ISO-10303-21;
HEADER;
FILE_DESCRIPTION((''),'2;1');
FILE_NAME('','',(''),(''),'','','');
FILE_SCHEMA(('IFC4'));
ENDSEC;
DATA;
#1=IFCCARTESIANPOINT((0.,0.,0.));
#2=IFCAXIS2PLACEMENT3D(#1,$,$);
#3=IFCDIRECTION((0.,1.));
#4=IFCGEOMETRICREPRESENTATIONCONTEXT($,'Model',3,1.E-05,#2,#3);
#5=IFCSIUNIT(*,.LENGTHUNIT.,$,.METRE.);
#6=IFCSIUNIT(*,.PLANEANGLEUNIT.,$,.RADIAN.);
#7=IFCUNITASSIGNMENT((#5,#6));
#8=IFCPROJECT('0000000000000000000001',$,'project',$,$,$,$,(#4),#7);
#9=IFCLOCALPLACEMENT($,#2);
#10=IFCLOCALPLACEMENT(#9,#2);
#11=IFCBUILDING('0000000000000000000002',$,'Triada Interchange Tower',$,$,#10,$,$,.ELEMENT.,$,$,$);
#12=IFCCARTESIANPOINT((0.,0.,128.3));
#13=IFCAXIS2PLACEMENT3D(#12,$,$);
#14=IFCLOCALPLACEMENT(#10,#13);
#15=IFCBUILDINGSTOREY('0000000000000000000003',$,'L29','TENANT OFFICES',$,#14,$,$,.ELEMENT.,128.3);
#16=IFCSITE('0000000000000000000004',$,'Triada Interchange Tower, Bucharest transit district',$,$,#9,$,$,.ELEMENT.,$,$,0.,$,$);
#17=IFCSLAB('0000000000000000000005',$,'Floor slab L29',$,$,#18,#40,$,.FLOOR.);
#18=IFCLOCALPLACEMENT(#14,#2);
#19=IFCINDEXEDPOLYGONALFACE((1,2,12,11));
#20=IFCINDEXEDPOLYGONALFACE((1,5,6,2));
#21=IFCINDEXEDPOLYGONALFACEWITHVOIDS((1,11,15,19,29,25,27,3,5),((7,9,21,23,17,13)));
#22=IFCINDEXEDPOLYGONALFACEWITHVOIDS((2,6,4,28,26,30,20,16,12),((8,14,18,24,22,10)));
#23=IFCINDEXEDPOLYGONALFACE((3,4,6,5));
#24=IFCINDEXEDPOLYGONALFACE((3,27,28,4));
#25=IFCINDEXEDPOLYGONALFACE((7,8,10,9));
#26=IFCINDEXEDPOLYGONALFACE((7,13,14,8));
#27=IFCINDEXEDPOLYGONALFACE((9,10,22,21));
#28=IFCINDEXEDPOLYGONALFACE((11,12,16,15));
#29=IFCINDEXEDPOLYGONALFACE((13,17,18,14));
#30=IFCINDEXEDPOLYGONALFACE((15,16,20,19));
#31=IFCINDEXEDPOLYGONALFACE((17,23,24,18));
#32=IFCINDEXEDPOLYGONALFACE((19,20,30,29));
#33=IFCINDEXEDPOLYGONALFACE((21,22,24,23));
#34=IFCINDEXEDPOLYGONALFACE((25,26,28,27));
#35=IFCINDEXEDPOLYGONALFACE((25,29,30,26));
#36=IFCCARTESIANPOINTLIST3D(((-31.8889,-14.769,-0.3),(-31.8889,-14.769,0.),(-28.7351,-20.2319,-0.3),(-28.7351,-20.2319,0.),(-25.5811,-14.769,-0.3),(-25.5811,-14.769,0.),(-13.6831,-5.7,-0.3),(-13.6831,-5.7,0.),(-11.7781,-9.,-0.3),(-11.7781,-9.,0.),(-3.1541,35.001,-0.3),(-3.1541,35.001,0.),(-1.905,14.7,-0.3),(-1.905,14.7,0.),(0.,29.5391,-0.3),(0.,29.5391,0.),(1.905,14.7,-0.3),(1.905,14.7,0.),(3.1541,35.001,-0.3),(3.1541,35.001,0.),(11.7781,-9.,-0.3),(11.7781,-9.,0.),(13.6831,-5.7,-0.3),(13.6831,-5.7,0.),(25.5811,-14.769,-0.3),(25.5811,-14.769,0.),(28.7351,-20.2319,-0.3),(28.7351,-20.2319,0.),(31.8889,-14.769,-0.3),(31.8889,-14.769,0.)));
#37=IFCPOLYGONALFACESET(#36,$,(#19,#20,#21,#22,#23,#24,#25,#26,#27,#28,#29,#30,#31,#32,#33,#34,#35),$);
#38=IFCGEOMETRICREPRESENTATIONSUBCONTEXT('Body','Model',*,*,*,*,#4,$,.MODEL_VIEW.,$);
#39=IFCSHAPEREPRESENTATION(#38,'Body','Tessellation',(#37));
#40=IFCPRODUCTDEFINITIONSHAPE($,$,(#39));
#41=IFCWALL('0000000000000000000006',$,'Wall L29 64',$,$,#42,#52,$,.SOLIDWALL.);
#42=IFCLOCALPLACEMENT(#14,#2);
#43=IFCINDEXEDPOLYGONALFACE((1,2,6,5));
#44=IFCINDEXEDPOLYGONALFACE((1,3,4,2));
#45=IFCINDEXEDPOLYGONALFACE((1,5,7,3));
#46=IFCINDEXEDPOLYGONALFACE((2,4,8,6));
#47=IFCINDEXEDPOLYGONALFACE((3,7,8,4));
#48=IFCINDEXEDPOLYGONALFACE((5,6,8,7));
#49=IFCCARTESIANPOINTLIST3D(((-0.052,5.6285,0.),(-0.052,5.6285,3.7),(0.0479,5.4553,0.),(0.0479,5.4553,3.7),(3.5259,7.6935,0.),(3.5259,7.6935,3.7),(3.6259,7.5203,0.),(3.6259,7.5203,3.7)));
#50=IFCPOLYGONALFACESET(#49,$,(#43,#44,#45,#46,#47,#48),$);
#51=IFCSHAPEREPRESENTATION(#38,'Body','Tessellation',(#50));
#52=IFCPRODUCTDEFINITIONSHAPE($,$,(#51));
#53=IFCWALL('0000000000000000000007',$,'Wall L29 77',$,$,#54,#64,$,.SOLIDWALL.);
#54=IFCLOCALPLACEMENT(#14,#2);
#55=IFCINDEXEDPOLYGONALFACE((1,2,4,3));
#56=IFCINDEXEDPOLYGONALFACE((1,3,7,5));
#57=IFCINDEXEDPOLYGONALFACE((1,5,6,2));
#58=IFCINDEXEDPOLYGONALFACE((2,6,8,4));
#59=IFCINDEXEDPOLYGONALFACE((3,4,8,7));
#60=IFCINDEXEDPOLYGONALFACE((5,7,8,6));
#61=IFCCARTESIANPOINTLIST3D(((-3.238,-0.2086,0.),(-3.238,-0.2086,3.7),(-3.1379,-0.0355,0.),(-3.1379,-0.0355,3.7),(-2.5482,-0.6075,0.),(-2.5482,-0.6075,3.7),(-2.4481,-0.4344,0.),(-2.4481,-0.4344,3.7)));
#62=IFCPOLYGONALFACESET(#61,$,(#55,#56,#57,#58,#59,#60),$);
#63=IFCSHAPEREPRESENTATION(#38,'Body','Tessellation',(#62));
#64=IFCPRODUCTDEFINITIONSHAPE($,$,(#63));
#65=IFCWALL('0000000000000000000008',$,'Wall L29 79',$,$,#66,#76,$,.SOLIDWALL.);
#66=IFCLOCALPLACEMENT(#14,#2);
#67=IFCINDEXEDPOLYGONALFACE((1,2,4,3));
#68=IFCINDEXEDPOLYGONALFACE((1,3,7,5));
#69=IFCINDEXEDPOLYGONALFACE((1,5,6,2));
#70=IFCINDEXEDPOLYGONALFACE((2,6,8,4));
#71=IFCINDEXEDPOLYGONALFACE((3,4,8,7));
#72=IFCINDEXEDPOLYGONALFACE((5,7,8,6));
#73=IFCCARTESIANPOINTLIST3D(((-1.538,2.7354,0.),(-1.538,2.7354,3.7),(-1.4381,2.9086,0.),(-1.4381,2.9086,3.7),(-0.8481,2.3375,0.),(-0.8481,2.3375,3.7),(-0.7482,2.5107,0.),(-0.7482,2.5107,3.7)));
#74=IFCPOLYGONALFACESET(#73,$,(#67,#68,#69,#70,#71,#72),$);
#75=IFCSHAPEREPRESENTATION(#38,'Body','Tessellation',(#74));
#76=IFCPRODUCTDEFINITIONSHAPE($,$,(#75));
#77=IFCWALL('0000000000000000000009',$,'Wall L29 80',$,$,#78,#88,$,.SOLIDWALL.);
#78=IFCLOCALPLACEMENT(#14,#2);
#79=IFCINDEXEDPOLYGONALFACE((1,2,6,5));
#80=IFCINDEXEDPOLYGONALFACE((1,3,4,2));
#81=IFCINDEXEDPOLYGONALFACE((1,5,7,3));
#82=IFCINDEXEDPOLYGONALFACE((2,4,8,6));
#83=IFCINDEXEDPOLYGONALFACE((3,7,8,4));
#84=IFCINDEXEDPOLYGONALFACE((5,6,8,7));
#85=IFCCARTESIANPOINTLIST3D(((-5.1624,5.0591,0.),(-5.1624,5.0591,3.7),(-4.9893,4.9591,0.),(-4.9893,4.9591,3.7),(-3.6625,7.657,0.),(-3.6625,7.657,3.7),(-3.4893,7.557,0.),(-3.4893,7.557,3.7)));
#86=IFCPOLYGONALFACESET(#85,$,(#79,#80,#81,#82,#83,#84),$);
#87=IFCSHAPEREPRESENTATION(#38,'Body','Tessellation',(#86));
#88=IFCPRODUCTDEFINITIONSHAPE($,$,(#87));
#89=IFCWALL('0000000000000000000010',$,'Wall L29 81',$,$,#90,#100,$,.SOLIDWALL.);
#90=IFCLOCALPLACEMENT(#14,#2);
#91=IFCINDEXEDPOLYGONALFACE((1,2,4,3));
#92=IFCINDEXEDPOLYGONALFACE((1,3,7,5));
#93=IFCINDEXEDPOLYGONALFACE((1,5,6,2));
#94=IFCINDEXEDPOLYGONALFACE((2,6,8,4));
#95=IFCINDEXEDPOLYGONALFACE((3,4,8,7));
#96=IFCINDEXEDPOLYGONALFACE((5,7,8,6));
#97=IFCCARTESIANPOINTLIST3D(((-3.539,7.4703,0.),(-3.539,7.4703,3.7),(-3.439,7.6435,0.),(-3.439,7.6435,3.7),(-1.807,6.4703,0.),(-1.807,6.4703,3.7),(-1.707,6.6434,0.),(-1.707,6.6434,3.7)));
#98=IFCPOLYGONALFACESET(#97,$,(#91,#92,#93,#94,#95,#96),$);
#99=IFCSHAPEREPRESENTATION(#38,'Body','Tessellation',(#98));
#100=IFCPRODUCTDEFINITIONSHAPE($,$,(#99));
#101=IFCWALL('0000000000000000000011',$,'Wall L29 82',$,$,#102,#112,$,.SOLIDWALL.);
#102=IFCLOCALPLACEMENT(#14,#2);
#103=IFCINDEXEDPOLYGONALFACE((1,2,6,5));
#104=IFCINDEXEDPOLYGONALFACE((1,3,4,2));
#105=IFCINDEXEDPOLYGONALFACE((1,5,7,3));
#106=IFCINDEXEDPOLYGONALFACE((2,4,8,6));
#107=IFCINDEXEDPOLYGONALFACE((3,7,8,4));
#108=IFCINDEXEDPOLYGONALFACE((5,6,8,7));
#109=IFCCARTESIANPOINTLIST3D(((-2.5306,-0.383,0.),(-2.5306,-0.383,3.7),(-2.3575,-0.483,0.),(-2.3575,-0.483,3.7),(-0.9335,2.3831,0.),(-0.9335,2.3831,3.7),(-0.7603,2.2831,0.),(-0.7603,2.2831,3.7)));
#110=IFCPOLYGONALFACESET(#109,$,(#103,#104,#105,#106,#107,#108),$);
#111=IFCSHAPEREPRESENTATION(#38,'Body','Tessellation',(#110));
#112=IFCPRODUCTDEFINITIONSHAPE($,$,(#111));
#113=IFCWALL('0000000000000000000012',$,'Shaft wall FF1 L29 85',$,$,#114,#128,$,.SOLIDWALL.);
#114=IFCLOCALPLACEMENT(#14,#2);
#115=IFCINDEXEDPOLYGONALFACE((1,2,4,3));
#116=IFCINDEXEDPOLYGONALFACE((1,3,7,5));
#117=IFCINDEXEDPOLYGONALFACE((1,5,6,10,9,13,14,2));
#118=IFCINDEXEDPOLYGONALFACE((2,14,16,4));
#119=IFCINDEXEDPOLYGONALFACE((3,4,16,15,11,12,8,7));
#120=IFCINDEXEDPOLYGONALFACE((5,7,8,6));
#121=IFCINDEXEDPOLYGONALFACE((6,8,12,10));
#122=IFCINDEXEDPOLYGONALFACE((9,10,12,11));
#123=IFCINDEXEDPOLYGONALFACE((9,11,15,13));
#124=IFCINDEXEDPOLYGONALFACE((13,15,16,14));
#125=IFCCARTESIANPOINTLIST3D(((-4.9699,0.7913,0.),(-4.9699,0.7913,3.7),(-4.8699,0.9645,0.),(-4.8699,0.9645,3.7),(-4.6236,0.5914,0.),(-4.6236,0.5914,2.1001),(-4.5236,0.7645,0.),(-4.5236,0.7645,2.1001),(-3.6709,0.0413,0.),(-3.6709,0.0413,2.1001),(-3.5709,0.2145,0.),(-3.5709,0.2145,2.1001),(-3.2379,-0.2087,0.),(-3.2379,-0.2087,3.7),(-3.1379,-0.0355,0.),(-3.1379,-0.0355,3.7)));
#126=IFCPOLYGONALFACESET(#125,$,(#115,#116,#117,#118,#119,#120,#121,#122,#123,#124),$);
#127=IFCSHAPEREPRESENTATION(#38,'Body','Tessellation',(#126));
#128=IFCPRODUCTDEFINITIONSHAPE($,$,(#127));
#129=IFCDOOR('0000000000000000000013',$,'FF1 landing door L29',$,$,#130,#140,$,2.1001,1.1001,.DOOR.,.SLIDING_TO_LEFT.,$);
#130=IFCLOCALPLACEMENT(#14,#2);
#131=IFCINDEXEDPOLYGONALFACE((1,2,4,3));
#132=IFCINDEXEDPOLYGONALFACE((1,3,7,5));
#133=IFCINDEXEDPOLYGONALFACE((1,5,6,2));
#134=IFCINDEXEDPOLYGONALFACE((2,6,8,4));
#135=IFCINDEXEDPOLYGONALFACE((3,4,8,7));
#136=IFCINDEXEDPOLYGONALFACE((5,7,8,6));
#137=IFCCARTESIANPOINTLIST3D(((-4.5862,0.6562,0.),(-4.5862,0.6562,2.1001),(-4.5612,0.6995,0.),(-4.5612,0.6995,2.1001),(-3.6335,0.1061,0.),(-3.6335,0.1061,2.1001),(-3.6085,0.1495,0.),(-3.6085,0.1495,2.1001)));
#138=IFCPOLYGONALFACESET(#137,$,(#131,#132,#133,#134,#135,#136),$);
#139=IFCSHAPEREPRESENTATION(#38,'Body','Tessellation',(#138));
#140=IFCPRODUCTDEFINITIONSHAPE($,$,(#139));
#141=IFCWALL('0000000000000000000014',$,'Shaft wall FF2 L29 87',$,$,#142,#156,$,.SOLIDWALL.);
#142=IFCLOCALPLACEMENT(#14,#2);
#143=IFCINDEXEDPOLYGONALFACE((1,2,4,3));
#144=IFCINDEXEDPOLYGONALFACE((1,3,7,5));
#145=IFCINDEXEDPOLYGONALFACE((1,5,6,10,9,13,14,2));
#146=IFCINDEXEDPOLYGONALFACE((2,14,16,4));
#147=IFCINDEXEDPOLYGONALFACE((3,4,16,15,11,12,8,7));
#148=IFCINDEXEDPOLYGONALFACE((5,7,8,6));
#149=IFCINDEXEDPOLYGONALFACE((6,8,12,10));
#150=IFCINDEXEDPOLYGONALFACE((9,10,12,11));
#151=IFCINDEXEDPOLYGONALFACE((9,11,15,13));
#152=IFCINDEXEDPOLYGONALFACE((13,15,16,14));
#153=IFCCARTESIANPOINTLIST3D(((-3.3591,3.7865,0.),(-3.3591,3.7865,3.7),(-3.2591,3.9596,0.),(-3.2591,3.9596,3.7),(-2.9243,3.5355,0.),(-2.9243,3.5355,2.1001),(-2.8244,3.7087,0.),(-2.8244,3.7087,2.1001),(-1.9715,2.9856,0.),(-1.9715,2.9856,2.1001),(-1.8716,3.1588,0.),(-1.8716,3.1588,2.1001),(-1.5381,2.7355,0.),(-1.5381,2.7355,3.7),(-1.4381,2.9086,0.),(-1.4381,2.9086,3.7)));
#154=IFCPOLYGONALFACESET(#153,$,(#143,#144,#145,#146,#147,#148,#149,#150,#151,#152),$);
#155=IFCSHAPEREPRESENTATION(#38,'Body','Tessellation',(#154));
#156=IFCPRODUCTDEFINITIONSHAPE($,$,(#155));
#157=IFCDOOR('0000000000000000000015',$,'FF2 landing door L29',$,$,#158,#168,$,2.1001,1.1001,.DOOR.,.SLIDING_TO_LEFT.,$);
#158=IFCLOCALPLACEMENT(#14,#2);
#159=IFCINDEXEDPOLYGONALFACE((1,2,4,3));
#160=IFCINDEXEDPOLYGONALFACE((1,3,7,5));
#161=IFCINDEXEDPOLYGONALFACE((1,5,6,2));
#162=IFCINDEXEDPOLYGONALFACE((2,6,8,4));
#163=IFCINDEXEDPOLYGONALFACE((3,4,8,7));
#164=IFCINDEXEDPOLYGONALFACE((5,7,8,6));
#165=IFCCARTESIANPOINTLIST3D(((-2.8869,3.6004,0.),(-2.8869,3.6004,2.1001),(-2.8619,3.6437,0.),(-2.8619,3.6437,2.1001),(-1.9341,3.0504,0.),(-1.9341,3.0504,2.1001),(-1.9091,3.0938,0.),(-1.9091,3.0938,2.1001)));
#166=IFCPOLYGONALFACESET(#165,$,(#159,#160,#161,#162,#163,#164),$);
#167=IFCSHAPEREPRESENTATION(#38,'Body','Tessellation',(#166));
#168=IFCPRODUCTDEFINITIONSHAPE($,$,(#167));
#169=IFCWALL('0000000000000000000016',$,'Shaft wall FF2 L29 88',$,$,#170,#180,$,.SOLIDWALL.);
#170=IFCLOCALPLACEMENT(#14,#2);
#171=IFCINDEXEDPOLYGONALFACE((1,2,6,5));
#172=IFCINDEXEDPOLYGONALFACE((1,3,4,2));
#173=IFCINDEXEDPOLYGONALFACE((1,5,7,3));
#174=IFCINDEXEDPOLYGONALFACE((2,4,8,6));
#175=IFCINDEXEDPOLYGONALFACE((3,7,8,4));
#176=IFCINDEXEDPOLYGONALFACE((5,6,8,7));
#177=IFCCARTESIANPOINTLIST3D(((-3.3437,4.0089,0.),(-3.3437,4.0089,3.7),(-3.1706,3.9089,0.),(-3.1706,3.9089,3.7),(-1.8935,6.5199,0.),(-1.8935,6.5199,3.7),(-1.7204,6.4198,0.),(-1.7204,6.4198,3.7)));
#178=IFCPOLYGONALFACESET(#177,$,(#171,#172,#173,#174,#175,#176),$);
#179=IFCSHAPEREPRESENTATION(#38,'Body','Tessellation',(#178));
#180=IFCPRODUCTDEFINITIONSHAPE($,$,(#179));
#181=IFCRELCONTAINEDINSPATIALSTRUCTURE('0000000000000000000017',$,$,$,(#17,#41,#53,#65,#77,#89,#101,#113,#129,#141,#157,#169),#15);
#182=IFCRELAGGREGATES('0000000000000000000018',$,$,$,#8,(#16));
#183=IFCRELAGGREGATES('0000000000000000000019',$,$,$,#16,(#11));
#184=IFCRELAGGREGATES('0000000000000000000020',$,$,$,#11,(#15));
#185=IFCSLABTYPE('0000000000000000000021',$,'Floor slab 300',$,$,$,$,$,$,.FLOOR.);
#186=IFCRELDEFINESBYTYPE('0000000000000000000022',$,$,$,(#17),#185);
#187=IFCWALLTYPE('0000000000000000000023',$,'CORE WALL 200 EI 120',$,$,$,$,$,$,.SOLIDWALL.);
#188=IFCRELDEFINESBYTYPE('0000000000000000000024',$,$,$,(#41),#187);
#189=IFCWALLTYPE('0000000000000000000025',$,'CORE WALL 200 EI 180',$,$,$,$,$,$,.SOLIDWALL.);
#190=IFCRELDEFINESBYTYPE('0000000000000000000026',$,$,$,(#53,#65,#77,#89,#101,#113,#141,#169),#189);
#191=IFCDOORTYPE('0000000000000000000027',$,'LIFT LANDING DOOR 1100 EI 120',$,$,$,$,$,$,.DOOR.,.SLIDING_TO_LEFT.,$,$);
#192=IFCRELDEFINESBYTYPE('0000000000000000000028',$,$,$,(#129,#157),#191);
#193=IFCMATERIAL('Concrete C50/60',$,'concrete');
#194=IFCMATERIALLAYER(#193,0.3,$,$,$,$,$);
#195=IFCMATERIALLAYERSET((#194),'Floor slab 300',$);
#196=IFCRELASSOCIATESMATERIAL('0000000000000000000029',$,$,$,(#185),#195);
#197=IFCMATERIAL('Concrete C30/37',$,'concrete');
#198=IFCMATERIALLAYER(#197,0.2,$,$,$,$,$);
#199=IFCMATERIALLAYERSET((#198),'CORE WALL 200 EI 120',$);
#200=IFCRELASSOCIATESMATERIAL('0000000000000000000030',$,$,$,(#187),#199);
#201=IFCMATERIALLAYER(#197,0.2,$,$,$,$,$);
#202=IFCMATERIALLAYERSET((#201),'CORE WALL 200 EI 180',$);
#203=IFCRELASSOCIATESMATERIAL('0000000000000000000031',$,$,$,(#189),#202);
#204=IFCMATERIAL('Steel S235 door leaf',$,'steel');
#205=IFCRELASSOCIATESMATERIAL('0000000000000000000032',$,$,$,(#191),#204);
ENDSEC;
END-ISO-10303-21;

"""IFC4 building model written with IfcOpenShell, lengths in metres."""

from ifc_helpers import new_model, si_unit, direction, frame, frame_2d, origin, place, context, subcontext, project, spatial, polyline, rectangle, outline, extrude, material, layer, layer_set, type_object, element, fill, save


model = new_model("IFC4")

# Units and contexts
model_context = context("Model", 3, precision=1e-05, world=origin(), true_north=direction((0.0, 1.0)))
body_context = subcontext(model_context, "Body", "Model", "MODEL_VIEW")
ifc_project = project(units=[si_unit("LENGTHUNIT", "METRE"), si_unit("PLANEANGLEUNIT", "RADIAN")], contexts=[model_context])

# Site, building, storey
site_placement = place(None, origin())
site = spatial("IfcSite", under=ifc_project, at=site_placement, Name="Triada Interchange Tower, Bucharest transit district", CompositionType="ELEMENT", RefElevation=0.0)
building_placement = place(site_placement, origin())
building = spatial("IfcBuilding", under=site, at=building_placement, Name="Triada Interchange Tower", CompositionType="ELEMENT")
storey_placement = place(building_placement, frame((0.0, 0.0, 128.3)))
storey = spatial("IfcBuildingStorey", under=building, at=storey_placement, Name="L29", Description="TENANT OFFICES", CompositionType="ELEMENT", Elevation=128.3)

# Slab
ifc_material_1 = material(Name="Concrete C50/60", Category="concrete")
ifc_layer_1 = layer(ifc_material_1, 0.3)
ifc_layer_set_1 = layer_set([ifc_layer_1], Name="Floor slab 300")
slab_type = type_object("IfcSlabType", Name="Floor slab 300", PredefinedType="FLOOR", material=ifc_layer_set_1)
slab_placement = place(storey_placement, frame((0.0, 0.0, -0.3)))
element("IfcSlab", 1, at=slab_placement, inside=storey, type_object=slab_type, Name="Floor slab L29", PredefinedType="FLOOR", context=body_context, shape_type="SweptSolid", body=[
    extrude(outline(polyline([(-3.1541, 35.001), (-31.8889, -14.769), (-25.5811, -14.769), (-28.7351, -20.2319), (28.7351, -20.2319), (25.5811, -14.769), (31.8889, -14.769), (3.1541, 35.001), (0.0, 29.5391), (-3.1541, 35.001)]), holes=[polyline([(1.905, 14.7), (-1.905, 14.7), (-13.6831, -5.7), (-11.7781, -9.0), (11.7781, -9.0), (13.6831, -5.7), (1.905, 14.7)])]), origin(), (0.0, 0.0, 1.0), 0.3),
])

# Walls
ifc_material_2 = material(Name="Concrete C30/37", Category="concrete")
ifc_layer_2 = layer(ifc_material_2, 0.2)
ifc_layer_set_2 = layer_set([ifc_layer_2], Name="CORE WALL 200 EI 120")
wall_type_1 = type_object("IfcWallType", Name="CORE WALL 200 EI 120", PredefinedType="SOLIDWALL", material=ifc_layer_set_2)
wall_1_placement = place(storey_placement, frame((-0.002, 5.542, 0.0), z_axis=(0.0, 0.0, 1.0), x_axis=(0.866104, 0.499864, 0.0)))
element("IfcWall", 2, at=wall_1_placement, inside=storey, type_object=wall_type_1, Name="Wall L29 64", PredefinedType="SOLIDWALL", context=body_context, shape_type="SweptSolid", body=[
    extrude(rectangle(XDim=4.1311, YDim=0.2, at=frame_2d((2.0654, 0.0))), origin(), (0.0, 0.0, 1.0), 3.7),
])
ifc_layer_3 = layer(ifc_material_2, 0.2)
ifc_layer_set_3 = layer_set([ifc_layer_3], Name="CORE WALL 200 EI 180")
wall_type_2 = type_object("IfcWallType", Name="CORE WALL 200 EI 180", PredefinedType="SOLIDWALL", material=ifc_layer_set_3)
wall_2_placement = place(storey_placement, frame((-3.188, -0.1221, 0.0), z_axis=(0.0, 0.0, 1.0), x_axis=(0.865706, -0.500553, 0.0)))
element("IfcWall", 3, at=wall_2_placement, inside=storey, type_object=wall_type_2, Name="Wall L29 77", PredefinedType="SOLIDWALL", context=body_context, shape_type="SweptSolid", body=[
    extrude(rectangle(XDim=0.7969, YDim=0.2, at=frame_2d((0.3984, 0.0))), origin(), (0.0, 0.0, 1.0), 3.7),
])
wall_3_placement = place(storey_placement, frame((-1.488, 2.822, 0.0), z_axis=(0.0, 0.0, 1.0), x_axis=(0.866237, -0.499634, 0.0)))
element("IfcWall", 4, at=wall_3_placement, inside=storey, type_object=wall_type_2, Name="Wall L29 79", PredefinedType="SOLIDWALL", context=body_context, shape_type="SweptSolid", body=[
    extrude(rectangle(XDim=0.7964, YDim=0.2, at=frame_2d((0.3982, 0.0))), origin(), (0.0, 0.0, 1.0), 3.7),
])
wall_4_placement = place(storey_placement, frame((-5.0759, 5.009, 0.0), z_axis=(0.0, 0.0, 1.0), x_axis=(0.500025, 0.866011, 0.0)))
element("IfcWall", 5, at=wall_4_placement, inside=storey, type_object=wall_type_2, Name="Wall L29 80", PredefinedType="SOLIDWALL", context=body_context, shape_type="SweptSolid", body=[
    extrude(rectangle(XDim=2.9998, YDim=0.2, at=frame_2d((1.5, 0.0))), origin(), (0.0, 0.0, 1.0), 3.7),
])
wall_5_placement = place(storey_placement, frame((-3.489, 7.5569, 0.0), z_axis=(0.0, 0.0, 1.0), x_axis=(0.866011, -0.500025, 0.0)))
element("IfcWall", 6, at=wall_5_placement, inside=storey, type_object=wall_type_2, Name="Wall L29 81", PredefinedType="SOLIDWALL", context=body_context, shape_type="SweptSolid", body=[
    extrude(rectangle(XDim=2.0, YDim=0.2, at=frame_2d((1.0, 0.0))), origin(), (0.0, 0.0, 1.0), 3.7),
])
wall_6_placement = place(storey_placement, frame((-2.4441, -0.4331, 0.0), z_axis=(0.0, 0.0, 1.0), x_axis=(0.500036, 0.866005, 0.0)))
element("IfcWall", 7, at=wall_6_placement, inside=storey, type_object=wall_type_2, Name="Wall L29 82", PredefinedType="SOLIDWALL", context=body_context, shape_type="SweptSolid", body=[
    extrude(rectangle(XDim=3.1941, YDim=0.2, at=frame_2d((1.5972, 0.0))), origin(), (0.0, 0.0, 1.0), 3.7),
])

# Walls, openings, doors
wall_7_placement = place(storey_placement, frame((-4.9199, 0.8779, 0.0), z_axis=(0.0, 0.0, 1.0), x_axis=(0.866011, -0.500025, 0.0)))
wall_7 = element("IfcWall", 8, at=wall_7_placement, inside=storey, type_object=wall_type_2, Name="Shaft wall FF1 L29 85", PredefinedType="SOLIDWALL", context=body_context, shape_type="SweptSolid", body=[
    extrude(rectangle(XDim=2.0, YDim=0.2, at=frame_2d((1.0, 0.0))), origin(), (0.0, 0.0, 1.0), 3.7),
])
opening_1_placement = place(wall_7_placement, frame((0.3999, 0.0, 0.0)))
opening_1 = element("IfcOpeningElement", 9, at=opening_1_placement, cuts=wall_7, PredefinedType="OPENING", context=body_context, shape_type="SweptSolid", body=[
    extrude(rectangle(XDim=1.1001, YDim=2.1001, at=frame_2d((0.55, 1.05))), frame((0.0, 0.1099, 0.0), z_axis=(0.0, -1.0, 0.0), x_axis=(1.0, 0.0, 0.0)), (0.0, 0.0, 1.0), 0.22),
])
ifc_material_3 = material(Name="Steel S235 door leaf", Category="steel")
door_type = type_object("IfcDoorType", Name="LIFT LANDING DOOR 1100 EI 120", OperationType="SLIDING_TO_LEFT", PredefinedType="DOOR", material=ifc_material_3)
door_1_placement = place(opening_1_placement, origin())
door_1 = element("IfcDoor", 10, at=door_1_placement, inside=storey, type_object=door_type, Name="FF1 landing door L29", OperationType="SLIDING_TO_LEFT", OverallHeight=2.1001, OverallWidth=1.1001, PredefinedType="DOOR", context=body_context, shape_type="SweptSolid", body=[
    extrude(rectangle(XDim=1.1001, YDim=2.1001, at=frame_2d((0.55, 1.05))), frame((0.0, 0.0249, 0.0), z_axis=(0.0, -1.0, 0.0), x_axis=(1.0, 0.0, 0.0)), (0.0, 0.0, 1.0), 0.05),
])
fill(opening_1, door_1)
wall_8_placement = place(storey_placement, frame((-3.3091, 3.873, 0.0), z_axis=(0.0, 0.0, 1.0), x_axis=(0.866099, -0.499873, 0.0)))
wall_8 = element("IfcWall", 11, at=wall_8_placement, inside=storey, type_object=wall_type_2, Name="Shaft wall FF2 L29 87", PredefinedType="SOLIDWALL", context=body_context, shape_type="SweptSolid", body=[
    extrude(rectangle(XDim=2.1025, YDim=0.2, at=frame_2d((1.0513, 0.0))), origin(), (0.0, 0.0, 1.0), 3.7),
])
opening_2_placement = place(wall_8_placement, frame((0.502, 0.0, 0.0)))
opening_2 = element("IfcOpeningElement", 12, at=opening_2_placement, cuts=wall_8, PredefinedType="OPENING", context=body_context, shape_type="SweptSolid", body=[
    extrude(rectangle(XDim=1.1001, YDim=2.1001, at=frame_2d((0.55, 1.05))), frame((0.0, 0.1099, 0.0), z_axis=(0.0, -1.0, 0.0), x_axis=(1.0, 0.0, 0.0)), (0.0, 0.0, 1.0), 0.22),
])
door_2_placement = place(opening_2_placement, origin())
door_2 = element("IfcDoor", 13, at=door_2_placement, inside=storey, type_object=door_type, Name="FF2 landing door L29", OperationType="SLIDING_TO_LEFT", OverallHeight=2.1001, OverallWidth=1.1001, PredefinedType="DOOR", context=body_context, shape_type="SweptSolid", body=[
    extrude(rectangle(XDim=1.1001, YDim=2.1001, at=frame_2d((0.55, 1.05))), frame((0.0, 0.0249, 0.0), z_axis=(0.0, -1.0, 0.0), x_axis=(1.0, 0.0, 0.0)), (0.0, 0.0, 1.0), 0.05),
])
fill(opening_2, door_2)

# Wall
wall_9_placement = place(storey_placement, frame((-3.2571, 3.959, 0.0), z_axis=(0.0, 0.0, 1.0), x_axis=(0.500123, 0.865954, 0.0)))
element("IfcWall", 14, at=wall_9_placement, inside=storey, type_object=wall_type_2, Name="Shaft wall FF2 L29 88", PredefinedType="SOLIDWALL", context=body_context, shape_type="SweptSolid", body=[
    extrude(rectangle(XDim=2.8997, YDim=0.2, at=frame_2d((1.4497, 0.0))), origin(), (0.0, 0.0, 1.0), 3.7),
])

save(model, "model.ifc")
